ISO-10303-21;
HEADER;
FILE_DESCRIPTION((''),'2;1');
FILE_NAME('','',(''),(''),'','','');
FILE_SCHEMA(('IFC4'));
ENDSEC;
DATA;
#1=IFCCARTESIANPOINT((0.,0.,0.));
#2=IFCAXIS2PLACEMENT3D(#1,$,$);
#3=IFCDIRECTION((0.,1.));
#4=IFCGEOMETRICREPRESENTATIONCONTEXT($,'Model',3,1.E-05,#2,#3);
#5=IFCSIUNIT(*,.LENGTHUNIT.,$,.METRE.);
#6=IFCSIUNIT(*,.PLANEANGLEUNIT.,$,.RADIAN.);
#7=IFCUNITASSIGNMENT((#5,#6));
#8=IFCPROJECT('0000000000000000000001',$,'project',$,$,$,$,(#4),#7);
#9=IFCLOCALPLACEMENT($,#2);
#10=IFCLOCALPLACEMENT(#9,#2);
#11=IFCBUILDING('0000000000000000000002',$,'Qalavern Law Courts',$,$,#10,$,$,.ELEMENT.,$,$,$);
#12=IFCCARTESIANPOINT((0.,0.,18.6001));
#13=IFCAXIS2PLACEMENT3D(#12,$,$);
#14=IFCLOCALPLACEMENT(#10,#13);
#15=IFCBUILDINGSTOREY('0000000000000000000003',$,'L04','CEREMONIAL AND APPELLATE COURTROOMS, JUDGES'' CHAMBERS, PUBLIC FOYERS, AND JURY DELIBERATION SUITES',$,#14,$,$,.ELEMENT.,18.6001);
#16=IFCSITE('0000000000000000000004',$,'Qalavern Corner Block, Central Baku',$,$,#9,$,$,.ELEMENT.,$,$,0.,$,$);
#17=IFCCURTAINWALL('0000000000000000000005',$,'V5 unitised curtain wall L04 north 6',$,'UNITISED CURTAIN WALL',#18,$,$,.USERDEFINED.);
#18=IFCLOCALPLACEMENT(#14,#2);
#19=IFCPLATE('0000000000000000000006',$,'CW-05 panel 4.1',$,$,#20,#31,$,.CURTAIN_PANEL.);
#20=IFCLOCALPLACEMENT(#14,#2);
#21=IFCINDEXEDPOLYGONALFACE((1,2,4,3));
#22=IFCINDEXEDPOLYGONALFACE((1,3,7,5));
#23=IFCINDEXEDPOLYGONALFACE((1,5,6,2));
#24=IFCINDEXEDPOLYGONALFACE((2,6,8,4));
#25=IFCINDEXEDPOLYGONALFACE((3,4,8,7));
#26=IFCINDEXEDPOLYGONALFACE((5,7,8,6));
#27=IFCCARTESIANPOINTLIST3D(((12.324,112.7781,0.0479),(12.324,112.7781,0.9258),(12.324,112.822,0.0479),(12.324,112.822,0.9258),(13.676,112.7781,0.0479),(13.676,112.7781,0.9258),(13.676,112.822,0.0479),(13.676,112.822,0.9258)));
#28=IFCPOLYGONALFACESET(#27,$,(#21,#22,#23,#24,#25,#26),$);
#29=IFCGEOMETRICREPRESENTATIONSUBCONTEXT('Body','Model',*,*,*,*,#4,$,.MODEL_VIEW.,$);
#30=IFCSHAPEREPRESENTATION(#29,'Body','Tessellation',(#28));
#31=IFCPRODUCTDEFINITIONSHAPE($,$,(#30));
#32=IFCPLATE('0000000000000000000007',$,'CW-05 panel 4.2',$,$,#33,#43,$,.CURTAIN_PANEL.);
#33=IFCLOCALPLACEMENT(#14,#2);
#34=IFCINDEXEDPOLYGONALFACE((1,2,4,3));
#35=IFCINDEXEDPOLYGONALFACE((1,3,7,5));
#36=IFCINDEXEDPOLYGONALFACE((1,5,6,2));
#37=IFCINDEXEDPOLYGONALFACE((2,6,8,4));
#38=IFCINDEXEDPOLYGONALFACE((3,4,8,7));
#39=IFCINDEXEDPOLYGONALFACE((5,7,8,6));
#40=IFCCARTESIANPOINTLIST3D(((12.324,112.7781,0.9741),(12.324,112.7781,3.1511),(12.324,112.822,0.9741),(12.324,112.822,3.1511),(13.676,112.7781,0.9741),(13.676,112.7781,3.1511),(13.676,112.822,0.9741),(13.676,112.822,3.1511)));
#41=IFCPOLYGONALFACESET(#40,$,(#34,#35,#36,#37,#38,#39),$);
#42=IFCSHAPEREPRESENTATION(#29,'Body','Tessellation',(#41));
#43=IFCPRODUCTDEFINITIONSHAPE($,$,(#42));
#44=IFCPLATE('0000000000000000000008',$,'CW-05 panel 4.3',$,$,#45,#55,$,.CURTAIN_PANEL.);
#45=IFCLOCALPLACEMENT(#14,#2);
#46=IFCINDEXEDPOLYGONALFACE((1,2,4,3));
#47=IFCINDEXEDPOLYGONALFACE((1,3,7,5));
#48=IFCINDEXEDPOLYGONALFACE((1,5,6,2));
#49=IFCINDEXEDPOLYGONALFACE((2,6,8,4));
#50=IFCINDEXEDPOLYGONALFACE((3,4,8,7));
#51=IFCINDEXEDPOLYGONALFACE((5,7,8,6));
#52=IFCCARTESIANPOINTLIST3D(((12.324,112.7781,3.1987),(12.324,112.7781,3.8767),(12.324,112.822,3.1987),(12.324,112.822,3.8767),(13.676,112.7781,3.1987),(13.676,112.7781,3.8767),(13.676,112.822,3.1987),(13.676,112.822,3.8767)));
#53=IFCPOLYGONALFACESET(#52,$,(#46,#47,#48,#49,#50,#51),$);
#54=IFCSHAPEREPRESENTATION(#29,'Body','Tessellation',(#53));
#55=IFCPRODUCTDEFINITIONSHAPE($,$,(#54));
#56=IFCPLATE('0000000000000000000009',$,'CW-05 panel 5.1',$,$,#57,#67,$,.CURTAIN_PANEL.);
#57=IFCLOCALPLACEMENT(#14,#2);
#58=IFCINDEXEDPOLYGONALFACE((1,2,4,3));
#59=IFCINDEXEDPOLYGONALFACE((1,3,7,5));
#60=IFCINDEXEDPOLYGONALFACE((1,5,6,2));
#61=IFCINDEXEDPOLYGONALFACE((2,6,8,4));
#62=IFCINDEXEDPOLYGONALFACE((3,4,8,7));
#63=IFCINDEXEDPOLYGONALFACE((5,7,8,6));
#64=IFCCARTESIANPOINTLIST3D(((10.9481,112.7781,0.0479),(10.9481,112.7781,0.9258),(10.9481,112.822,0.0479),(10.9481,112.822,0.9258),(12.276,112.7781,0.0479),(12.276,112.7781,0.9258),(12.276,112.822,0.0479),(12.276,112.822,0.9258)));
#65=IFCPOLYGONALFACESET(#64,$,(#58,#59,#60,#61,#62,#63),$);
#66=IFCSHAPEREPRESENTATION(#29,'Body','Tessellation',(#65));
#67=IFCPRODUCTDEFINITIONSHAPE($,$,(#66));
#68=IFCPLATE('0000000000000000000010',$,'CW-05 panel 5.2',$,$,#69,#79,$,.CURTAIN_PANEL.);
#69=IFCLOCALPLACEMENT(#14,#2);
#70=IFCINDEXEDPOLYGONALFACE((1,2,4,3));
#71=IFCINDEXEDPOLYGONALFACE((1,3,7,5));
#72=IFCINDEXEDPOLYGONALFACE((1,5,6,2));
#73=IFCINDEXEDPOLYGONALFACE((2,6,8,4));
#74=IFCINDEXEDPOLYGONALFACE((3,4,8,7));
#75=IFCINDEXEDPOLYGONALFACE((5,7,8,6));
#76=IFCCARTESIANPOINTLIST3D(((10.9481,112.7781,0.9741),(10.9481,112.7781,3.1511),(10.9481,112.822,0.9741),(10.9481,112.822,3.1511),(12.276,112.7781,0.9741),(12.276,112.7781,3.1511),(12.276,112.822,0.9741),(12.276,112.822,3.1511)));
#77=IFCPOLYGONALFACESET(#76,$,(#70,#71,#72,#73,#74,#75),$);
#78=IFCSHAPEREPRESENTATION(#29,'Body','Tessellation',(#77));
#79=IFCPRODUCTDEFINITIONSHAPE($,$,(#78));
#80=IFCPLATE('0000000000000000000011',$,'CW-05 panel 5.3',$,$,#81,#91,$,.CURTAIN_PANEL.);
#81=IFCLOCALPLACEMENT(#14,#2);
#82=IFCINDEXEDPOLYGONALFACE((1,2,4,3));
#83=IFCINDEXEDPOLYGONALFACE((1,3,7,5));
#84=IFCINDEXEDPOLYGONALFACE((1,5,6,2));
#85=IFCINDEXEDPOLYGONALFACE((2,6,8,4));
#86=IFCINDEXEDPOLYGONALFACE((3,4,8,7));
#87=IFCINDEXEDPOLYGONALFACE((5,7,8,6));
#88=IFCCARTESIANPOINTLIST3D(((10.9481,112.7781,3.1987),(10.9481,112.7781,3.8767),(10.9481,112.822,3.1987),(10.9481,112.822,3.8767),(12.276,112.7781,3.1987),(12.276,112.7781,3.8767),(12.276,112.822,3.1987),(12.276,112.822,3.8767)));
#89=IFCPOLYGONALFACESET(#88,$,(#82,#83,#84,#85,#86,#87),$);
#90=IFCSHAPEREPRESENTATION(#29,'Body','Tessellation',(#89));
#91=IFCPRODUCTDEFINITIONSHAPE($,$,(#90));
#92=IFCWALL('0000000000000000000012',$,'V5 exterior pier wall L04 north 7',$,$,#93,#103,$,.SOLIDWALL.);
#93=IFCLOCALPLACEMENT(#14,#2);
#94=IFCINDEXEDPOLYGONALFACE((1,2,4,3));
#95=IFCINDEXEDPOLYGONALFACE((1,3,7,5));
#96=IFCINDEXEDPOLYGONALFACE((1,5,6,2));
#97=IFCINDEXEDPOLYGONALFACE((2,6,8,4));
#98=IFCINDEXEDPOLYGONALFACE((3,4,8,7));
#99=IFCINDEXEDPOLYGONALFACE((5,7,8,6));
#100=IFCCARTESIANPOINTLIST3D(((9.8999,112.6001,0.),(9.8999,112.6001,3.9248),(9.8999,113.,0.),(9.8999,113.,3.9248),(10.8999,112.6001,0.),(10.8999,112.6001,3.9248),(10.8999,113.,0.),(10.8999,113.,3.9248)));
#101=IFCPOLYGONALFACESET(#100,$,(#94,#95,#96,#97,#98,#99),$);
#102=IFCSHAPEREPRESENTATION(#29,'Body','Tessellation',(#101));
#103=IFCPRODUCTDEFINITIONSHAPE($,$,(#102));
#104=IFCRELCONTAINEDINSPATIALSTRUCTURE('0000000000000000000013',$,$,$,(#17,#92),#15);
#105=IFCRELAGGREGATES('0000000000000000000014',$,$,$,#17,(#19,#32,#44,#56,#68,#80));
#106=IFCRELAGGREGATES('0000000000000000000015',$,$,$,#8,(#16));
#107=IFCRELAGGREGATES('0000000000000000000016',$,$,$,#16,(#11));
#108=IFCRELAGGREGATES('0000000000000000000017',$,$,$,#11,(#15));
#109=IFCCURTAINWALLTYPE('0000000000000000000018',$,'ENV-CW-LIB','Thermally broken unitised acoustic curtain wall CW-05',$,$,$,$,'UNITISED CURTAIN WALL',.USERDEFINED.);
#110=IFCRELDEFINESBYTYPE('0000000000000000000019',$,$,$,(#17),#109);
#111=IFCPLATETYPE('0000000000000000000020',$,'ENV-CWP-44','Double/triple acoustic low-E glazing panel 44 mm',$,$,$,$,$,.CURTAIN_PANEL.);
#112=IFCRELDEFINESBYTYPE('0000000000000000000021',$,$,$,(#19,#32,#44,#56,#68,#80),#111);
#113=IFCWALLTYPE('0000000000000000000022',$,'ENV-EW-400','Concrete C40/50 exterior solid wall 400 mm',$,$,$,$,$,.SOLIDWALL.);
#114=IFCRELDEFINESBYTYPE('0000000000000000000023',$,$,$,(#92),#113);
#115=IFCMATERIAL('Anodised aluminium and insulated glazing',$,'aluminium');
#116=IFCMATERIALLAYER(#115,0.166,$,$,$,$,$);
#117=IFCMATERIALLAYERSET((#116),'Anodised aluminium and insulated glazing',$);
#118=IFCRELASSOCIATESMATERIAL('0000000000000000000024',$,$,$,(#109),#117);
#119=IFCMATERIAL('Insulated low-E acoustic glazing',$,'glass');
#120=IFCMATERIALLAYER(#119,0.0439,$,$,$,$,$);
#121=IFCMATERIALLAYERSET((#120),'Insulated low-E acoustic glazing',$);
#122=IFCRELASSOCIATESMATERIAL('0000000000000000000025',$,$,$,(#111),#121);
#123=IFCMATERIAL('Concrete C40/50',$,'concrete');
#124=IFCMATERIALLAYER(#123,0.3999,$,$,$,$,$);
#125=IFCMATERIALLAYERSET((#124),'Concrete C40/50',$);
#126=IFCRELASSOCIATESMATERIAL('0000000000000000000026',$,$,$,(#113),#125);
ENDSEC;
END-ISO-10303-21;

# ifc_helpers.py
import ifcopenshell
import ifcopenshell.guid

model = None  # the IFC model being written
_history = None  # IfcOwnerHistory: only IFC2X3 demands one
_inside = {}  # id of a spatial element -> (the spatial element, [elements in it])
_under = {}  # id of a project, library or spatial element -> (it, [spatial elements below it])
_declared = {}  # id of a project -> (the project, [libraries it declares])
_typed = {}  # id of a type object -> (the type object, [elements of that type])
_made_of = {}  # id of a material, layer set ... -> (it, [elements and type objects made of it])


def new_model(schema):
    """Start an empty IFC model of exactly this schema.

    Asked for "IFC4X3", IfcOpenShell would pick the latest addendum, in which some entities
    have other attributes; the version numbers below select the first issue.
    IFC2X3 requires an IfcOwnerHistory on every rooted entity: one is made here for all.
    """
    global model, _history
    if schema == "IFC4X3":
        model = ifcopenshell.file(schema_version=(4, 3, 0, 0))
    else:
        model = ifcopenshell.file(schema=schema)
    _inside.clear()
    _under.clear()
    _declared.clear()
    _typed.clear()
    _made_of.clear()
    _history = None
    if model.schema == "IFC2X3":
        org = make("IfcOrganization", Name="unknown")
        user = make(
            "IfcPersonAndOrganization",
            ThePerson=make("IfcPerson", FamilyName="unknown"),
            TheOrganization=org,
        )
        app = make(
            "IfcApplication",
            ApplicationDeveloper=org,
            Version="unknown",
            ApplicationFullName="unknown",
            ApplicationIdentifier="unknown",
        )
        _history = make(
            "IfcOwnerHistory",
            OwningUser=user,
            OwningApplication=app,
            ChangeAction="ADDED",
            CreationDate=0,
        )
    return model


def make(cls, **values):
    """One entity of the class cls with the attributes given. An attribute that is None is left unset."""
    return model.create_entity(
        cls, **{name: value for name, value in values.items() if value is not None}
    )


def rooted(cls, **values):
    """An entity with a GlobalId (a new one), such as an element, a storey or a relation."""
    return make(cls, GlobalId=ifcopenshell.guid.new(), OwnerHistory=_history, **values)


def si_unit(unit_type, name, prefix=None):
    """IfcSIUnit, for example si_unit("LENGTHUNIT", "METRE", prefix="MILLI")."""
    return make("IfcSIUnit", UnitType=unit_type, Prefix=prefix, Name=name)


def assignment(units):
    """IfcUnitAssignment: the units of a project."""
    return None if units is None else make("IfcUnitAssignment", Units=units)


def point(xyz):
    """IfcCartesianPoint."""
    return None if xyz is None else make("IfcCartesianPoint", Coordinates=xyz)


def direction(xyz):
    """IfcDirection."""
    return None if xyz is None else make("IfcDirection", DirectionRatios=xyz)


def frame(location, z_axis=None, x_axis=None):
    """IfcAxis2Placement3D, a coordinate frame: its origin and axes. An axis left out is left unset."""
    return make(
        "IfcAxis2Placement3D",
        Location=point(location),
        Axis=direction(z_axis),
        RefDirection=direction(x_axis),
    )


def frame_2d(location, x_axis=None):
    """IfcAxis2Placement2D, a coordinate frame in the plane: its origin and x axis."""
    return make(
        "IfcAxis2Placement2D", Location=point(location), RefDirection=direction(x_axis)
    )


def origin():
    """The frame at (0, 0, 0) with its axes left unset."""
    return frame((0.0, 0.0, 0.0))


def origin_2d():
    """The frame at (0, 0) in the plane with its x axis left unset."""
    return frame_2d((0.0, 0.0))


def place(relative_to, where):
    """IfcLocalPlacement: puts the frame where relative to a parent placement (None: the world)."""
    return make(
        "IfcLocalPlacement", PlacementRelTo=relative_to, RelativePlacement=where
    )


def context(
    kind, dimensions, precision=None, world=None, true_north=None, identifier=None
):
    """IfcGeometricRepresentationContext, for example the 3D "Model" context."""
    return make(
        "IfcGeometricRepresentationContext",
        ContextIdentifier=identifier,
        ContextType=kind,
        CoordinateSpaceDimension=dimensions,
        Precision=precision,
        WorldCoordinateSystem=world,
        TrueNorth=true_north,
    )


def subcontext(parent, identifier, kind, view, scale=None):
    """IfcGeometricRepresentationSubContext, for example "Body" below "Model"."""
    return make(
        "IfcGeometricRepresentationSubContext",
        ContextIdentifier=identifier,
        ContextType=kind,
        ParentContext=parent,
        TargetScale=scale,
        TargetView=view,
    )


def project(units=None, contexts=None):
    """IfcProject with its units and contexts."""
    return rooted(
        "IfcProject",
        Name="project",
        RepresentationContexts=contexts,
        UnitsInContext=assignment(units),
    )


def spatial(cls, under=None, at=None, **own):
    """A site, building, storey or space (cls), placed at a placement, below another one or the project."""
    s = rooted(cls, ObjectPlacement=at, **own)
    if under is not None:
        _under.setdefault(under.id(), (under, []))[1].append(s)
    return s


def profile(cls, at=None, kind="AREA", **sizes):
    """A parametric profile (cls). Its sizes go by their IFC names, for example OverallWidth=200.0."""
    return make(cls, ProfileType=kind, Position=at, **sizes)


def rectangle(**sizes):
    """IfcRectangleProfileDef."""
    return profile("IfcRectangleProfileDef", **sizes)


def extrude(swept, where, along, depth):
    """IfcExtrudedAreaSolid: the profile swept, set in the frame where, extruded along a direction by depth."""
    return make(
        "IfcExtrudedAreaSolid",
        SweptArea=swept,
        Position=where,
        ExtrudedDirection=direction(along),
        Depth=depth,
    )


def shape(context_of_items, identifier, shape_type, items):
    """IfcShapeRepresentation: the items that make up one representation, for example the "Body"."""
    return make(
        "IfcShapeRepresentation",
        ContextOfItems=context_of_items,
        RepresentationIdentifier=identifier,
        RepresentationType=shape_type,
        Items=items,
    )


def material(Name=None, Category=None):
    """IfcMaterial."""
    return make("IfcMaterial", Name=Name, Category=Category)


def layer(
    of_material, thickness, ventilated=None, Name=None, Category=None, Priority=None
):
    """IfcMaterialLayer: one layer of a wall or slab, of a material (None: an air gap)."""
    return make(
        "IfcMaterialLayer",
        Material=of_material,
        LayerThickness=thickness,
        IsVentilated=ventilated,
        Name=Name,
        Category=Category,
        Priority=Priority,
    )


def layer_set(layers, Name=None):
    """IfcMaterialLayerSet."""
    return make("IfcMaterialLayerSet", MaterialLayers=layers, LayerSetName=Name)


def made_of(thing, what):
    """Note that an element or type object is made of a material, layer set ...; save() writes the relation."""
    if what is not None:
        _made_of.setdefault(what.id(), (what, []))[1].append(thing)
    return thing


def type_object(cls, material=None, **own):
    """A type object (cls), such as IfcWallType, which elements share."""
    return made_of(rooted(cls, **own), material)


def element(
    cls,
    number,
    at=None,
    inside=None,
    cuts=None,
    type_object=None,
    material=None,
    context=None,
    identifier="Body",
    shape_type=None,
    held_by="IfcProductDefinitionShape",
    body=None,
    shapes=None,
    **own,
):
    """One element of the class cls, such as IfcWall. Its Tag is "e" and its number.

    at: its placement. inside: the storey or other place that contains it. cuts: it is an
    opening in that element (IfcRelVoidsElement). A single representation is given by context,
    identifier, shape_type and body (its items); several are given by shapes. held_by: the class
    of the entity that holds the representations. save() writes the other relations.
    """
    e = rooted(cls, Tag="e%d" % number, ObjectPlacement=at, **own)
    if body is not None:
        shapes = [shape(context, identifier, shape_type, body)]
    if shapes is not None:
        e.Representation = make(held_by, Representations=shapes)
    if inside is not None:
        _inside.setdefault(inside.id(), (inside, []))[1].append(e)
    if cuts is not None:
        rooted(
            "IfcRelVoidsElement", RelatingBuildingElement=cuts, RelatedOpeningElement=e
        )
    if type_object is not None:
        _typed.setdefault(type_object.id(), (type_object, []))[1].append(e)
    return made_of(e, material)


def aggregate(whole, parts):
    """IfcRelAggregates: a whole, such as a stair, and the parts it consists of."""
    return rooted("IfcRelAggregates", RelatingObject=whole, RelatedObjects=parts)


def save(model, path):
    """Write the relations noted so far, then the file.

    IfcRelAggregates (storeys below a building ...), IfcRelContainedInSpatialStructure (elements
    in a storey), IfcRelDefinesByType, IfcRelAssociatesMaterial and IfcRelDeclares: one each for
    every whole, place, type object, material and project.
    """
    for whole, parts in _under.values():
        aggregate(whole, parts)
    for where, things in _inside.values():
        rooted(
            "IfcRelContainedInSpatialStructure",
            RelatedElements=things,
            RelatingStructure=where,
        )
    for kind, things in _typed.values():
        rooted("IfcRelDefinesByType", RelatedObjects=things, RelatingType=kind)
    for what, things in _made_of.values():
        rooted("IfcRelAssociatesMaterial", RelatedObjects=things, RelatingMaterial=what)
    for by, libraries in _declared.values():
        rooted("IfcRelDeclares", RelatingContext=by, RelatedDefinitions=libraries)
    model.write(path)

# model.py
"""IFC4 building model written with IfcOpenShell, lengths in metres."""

from ifc_helpers import new_model, si_unit, direction, frame, frame_2d, origin, origin_2d, place, context, subcontext, project, spatial, rectangle, extrude, material, layer, layer_set, type_object, element, aggregate, save


model = new_model("IFC4")

# Units and contexts
model_context = context("Model", 3, precision=1e-05, world=origin(), true_north=direction((0.0, 1.0)))
body_context = subcontext(model_context, "Body", "Model", "MODEL_VIEW")
ifc_project = project(units=[si_unit("LENGTHUNIT", "METRE"), si_unit("PLANEANGLEUNIT", "RADIAN")], contexts=[model_context])

# Site, building, storey
site_placement = place(None, origin())
site = spatial("IfcSite", under=ifc_project, at=site_placement, Name="Qalavern Corner Block, Central Baku", CompositionType="ELEMENT", RefElevation=0.0)
building_placement = place(site_placement, origin())
building = spatial("IfcBuilding", under=site, at=building_placement, Name="Qalavern Law Courts", CompositionType="ELEMENT")
storey_placement = place(building_placement, frame((0.0, 0.0, 18.6001)))
storey = spatial("IfcBuildingStorey", under=building, at=storey_placement, Name="L04", Description="CEREMONIAL AND APPELLATE COURTROOMS, JUDGES' CHAMBERS, PUBLIC FOYERS, AND JURY DELIBERATION SUITES", CompositionType="ELEMENT", Elevation=18.6001)

# Curtain wall, plates
ifc_material_1 = material(Name="Anodised aluminium and insulated glazing", Category="aluminium")
ifc_layer_1 = layer(ifc_material_1, 0.166)
ifc_layer_set_1 = layer_set([ifc_layer_1], Name="Anodised aluminium and insulated glazing")
curtain_wall_type = type_object("IfcCurtainWallType", Name="ENV-CW-LIB", Description="Thermally broken unitised acoustic curtain wall CW-05", ElementType="UNITISED CURTAIN WALL", PredefinedType="USERDEFINED", material=ifc_layer_set_1)
curtain_wall_placement = place(storey_placement, origin())
curtain_wall = element("IfcCurtainWall", 1, at=curtain_wall_placement, inside=storey, type_object=curtain_wall_type, Name="V5 unitised curtain wall L04 north 6", ObjectType="UNITISED CURTAIN WALL", PredefinedType="USERDEFINED")
ifc_material_2 = material(Name="Insulated low-E acoustic glazing", Category="glass")
ifc_layer_2 = layer(ifc_material_2, 0.0439)
ifc_layer_set_2 = layer_set([ifc_layer_2], Name="Insulated low-E acoustic glazing")
plate_type = type_object("IfcPlateType", Name="ENV-CWP-44", Description="Double/triple acoustic low-E glazing panel 44 mm", PredefinedType="CURTAIN_PANEL", material=ifc_layer_set_2)
plate_1_placement = place(storey_placement, frame((13.0, 112.8, 0.0479), z_axis=(0.0, 0.0, 1.0), x_axis=(-1.0, 0.0, 0.0)))
plate_1 = element("IfcPlate", 2, at=plate_1_placement, type_object=plate_type, Name="CW-05 panel 4.1", PredefinedType="CURTAIN_PANEL", context=body_context, shape_type="SweptSolid", body=[
    extrude(rectangle(XDim=1.3521, YDim=0.0439, at=origin_2d()), origin(), (0.0, 0.0, 1.0), 0.8779),
])
plate_2_placement = place(storey_placement, frame((13.0, 112.8, 0.9741), z_axis=(0.0, 0.0, 1.0), x_axis=(-1.0, 0.0, 0.0)))
plate_2 = element("IfcPlate", 3, at=plate_2_placement, type_object=plate_type, Name="CW-05 panel 4.2", PredefinedType="CURTAIN_PANEL", context=body_context, shape_type="SweptSolid", body=[
    extrude(rectangle(XDim=1.3521, YDim=0.0439, at=origin_2d()), origin(), (0.0, 0.0, 1.0), 2.177),
])
plate_3_placement = place(storey_placement, frame((13.0, 112.8, 3.1987), z_axis=(0.0, 0.0, 1.0), x_axis=(-1.0, 0.0, 0.0)))
plate_3 = element("IfcPlate", 4, at=plate_3_placement, type_object=plate_type, Name="CW-05 panel 4.3", PredefinedType="CURTAIN_PANEL", context=body_context, shape_type="SweptSolid", body=[
    extrude(rectangle(XDim=1.3521, YDim=0.0439, at=origin_2d()), origin(), (0.0, 0.0, 1.0), 0.678),
])
plate_4_placement = place(storey_placement, frame((11.6121, 112.8, 0.0479), z_axis=(0.0, 0.0, 1.0), x_axis=(-1.0, 0.0, 0.0)))
plate_4 = element("IfcPlate", 5, at=plate_4_placement, type_object=plate_type, Name="CW-05 panel 5.1", PredefinedType="CURTAIN_PANEL", context=body_context, shape_type="SweptSolid", body=[
    extrude(rectangle(XDim=1.3279, YDim=0.0439, at=origin_2d()), origin(), (0.0, 0.0, 1.0), 0.8779),
])
plate_5_placement = place(storey_placement, frame((11.6121, 112.8, 0.9741), z_axis=(0.0, 0.0, 1.0), x_axis=(-1.0, 0.0, 0.0)))
plate_5 = element("IfcPlate", 6, at=plate_5_placement, type_object=plate_type, Name="CW-05 panel 5.2", PredefinedType="CURTAIN_PANEL", context=body_context, shape_type="SweptSolid", body=[
    extrude(rectangle(XDim=1.3279, YDim=0.0439, at=origin_2d()), origin(), (0.0, 0.0, 1.0), 2.177),
])
plate_6_placement = place(storey_placement, frame((11.6121, 112.8, 3.1987), z_axis=(0.0, 0.0, 1.0), x_axis=(-1.0, 0.0, 0.0)))
plate_6 = element("IfcPlate", 7, at=plate_6_placement, type_object=plate_type, Name="CW-05 panel 5.3", PredefinedType="CURTAIN_PANEL", context=body_context, shape_type="SweptSolid", body=[
    extrude(rectangle(XDim=1.3279, YDim=0.0439, at=origin_2d()), origin(), (0.0, 0.0, 1.0), 0.678),
])
aggregate(curtain_wall, [plate_1, plate_2, plate_3, plate_4, plate_5, plate_6])

# Wall
ifc_material_3 = material(Name="Concrete C40/50", Category="concrete")
ifc_layer_3 = layer(ifc_material_3, 0.3999)
ifc_layer_set_3 = layer_set([ifc_layer_3], Name="Concrete C40/50")
wall_type = type_object("IfcWallType", Name="ENV-EW-400", Description="Concrete C40/50 exterior solid wall 400 mm", PredefinedType="SOLIDWALL", material=ifc_layer_set_3)
wall_placement = place(storey_placement, frame((10.8999, 112.8, 0.0), z_axis=(0.0, 0.0, 1.0), x_axis=(-1.0, 0.0, 0.0)))
element("IfcWall", 8, at=wall_placement, inside=storey, type_object=wall_type, Name="V5 exterior pier wall L04 north 7", PredefinedType="SOLIDWALL", context=body_context, shape_type="SweptSolid", body=[
    extrude(rectangle(XDim=1.0, YDim=0.3999, at=frame_2d((0.5, 0.0))), origin(), (0.0, 0.0, 1.0), 3.9248),
])

save(model, "model.ifc")
